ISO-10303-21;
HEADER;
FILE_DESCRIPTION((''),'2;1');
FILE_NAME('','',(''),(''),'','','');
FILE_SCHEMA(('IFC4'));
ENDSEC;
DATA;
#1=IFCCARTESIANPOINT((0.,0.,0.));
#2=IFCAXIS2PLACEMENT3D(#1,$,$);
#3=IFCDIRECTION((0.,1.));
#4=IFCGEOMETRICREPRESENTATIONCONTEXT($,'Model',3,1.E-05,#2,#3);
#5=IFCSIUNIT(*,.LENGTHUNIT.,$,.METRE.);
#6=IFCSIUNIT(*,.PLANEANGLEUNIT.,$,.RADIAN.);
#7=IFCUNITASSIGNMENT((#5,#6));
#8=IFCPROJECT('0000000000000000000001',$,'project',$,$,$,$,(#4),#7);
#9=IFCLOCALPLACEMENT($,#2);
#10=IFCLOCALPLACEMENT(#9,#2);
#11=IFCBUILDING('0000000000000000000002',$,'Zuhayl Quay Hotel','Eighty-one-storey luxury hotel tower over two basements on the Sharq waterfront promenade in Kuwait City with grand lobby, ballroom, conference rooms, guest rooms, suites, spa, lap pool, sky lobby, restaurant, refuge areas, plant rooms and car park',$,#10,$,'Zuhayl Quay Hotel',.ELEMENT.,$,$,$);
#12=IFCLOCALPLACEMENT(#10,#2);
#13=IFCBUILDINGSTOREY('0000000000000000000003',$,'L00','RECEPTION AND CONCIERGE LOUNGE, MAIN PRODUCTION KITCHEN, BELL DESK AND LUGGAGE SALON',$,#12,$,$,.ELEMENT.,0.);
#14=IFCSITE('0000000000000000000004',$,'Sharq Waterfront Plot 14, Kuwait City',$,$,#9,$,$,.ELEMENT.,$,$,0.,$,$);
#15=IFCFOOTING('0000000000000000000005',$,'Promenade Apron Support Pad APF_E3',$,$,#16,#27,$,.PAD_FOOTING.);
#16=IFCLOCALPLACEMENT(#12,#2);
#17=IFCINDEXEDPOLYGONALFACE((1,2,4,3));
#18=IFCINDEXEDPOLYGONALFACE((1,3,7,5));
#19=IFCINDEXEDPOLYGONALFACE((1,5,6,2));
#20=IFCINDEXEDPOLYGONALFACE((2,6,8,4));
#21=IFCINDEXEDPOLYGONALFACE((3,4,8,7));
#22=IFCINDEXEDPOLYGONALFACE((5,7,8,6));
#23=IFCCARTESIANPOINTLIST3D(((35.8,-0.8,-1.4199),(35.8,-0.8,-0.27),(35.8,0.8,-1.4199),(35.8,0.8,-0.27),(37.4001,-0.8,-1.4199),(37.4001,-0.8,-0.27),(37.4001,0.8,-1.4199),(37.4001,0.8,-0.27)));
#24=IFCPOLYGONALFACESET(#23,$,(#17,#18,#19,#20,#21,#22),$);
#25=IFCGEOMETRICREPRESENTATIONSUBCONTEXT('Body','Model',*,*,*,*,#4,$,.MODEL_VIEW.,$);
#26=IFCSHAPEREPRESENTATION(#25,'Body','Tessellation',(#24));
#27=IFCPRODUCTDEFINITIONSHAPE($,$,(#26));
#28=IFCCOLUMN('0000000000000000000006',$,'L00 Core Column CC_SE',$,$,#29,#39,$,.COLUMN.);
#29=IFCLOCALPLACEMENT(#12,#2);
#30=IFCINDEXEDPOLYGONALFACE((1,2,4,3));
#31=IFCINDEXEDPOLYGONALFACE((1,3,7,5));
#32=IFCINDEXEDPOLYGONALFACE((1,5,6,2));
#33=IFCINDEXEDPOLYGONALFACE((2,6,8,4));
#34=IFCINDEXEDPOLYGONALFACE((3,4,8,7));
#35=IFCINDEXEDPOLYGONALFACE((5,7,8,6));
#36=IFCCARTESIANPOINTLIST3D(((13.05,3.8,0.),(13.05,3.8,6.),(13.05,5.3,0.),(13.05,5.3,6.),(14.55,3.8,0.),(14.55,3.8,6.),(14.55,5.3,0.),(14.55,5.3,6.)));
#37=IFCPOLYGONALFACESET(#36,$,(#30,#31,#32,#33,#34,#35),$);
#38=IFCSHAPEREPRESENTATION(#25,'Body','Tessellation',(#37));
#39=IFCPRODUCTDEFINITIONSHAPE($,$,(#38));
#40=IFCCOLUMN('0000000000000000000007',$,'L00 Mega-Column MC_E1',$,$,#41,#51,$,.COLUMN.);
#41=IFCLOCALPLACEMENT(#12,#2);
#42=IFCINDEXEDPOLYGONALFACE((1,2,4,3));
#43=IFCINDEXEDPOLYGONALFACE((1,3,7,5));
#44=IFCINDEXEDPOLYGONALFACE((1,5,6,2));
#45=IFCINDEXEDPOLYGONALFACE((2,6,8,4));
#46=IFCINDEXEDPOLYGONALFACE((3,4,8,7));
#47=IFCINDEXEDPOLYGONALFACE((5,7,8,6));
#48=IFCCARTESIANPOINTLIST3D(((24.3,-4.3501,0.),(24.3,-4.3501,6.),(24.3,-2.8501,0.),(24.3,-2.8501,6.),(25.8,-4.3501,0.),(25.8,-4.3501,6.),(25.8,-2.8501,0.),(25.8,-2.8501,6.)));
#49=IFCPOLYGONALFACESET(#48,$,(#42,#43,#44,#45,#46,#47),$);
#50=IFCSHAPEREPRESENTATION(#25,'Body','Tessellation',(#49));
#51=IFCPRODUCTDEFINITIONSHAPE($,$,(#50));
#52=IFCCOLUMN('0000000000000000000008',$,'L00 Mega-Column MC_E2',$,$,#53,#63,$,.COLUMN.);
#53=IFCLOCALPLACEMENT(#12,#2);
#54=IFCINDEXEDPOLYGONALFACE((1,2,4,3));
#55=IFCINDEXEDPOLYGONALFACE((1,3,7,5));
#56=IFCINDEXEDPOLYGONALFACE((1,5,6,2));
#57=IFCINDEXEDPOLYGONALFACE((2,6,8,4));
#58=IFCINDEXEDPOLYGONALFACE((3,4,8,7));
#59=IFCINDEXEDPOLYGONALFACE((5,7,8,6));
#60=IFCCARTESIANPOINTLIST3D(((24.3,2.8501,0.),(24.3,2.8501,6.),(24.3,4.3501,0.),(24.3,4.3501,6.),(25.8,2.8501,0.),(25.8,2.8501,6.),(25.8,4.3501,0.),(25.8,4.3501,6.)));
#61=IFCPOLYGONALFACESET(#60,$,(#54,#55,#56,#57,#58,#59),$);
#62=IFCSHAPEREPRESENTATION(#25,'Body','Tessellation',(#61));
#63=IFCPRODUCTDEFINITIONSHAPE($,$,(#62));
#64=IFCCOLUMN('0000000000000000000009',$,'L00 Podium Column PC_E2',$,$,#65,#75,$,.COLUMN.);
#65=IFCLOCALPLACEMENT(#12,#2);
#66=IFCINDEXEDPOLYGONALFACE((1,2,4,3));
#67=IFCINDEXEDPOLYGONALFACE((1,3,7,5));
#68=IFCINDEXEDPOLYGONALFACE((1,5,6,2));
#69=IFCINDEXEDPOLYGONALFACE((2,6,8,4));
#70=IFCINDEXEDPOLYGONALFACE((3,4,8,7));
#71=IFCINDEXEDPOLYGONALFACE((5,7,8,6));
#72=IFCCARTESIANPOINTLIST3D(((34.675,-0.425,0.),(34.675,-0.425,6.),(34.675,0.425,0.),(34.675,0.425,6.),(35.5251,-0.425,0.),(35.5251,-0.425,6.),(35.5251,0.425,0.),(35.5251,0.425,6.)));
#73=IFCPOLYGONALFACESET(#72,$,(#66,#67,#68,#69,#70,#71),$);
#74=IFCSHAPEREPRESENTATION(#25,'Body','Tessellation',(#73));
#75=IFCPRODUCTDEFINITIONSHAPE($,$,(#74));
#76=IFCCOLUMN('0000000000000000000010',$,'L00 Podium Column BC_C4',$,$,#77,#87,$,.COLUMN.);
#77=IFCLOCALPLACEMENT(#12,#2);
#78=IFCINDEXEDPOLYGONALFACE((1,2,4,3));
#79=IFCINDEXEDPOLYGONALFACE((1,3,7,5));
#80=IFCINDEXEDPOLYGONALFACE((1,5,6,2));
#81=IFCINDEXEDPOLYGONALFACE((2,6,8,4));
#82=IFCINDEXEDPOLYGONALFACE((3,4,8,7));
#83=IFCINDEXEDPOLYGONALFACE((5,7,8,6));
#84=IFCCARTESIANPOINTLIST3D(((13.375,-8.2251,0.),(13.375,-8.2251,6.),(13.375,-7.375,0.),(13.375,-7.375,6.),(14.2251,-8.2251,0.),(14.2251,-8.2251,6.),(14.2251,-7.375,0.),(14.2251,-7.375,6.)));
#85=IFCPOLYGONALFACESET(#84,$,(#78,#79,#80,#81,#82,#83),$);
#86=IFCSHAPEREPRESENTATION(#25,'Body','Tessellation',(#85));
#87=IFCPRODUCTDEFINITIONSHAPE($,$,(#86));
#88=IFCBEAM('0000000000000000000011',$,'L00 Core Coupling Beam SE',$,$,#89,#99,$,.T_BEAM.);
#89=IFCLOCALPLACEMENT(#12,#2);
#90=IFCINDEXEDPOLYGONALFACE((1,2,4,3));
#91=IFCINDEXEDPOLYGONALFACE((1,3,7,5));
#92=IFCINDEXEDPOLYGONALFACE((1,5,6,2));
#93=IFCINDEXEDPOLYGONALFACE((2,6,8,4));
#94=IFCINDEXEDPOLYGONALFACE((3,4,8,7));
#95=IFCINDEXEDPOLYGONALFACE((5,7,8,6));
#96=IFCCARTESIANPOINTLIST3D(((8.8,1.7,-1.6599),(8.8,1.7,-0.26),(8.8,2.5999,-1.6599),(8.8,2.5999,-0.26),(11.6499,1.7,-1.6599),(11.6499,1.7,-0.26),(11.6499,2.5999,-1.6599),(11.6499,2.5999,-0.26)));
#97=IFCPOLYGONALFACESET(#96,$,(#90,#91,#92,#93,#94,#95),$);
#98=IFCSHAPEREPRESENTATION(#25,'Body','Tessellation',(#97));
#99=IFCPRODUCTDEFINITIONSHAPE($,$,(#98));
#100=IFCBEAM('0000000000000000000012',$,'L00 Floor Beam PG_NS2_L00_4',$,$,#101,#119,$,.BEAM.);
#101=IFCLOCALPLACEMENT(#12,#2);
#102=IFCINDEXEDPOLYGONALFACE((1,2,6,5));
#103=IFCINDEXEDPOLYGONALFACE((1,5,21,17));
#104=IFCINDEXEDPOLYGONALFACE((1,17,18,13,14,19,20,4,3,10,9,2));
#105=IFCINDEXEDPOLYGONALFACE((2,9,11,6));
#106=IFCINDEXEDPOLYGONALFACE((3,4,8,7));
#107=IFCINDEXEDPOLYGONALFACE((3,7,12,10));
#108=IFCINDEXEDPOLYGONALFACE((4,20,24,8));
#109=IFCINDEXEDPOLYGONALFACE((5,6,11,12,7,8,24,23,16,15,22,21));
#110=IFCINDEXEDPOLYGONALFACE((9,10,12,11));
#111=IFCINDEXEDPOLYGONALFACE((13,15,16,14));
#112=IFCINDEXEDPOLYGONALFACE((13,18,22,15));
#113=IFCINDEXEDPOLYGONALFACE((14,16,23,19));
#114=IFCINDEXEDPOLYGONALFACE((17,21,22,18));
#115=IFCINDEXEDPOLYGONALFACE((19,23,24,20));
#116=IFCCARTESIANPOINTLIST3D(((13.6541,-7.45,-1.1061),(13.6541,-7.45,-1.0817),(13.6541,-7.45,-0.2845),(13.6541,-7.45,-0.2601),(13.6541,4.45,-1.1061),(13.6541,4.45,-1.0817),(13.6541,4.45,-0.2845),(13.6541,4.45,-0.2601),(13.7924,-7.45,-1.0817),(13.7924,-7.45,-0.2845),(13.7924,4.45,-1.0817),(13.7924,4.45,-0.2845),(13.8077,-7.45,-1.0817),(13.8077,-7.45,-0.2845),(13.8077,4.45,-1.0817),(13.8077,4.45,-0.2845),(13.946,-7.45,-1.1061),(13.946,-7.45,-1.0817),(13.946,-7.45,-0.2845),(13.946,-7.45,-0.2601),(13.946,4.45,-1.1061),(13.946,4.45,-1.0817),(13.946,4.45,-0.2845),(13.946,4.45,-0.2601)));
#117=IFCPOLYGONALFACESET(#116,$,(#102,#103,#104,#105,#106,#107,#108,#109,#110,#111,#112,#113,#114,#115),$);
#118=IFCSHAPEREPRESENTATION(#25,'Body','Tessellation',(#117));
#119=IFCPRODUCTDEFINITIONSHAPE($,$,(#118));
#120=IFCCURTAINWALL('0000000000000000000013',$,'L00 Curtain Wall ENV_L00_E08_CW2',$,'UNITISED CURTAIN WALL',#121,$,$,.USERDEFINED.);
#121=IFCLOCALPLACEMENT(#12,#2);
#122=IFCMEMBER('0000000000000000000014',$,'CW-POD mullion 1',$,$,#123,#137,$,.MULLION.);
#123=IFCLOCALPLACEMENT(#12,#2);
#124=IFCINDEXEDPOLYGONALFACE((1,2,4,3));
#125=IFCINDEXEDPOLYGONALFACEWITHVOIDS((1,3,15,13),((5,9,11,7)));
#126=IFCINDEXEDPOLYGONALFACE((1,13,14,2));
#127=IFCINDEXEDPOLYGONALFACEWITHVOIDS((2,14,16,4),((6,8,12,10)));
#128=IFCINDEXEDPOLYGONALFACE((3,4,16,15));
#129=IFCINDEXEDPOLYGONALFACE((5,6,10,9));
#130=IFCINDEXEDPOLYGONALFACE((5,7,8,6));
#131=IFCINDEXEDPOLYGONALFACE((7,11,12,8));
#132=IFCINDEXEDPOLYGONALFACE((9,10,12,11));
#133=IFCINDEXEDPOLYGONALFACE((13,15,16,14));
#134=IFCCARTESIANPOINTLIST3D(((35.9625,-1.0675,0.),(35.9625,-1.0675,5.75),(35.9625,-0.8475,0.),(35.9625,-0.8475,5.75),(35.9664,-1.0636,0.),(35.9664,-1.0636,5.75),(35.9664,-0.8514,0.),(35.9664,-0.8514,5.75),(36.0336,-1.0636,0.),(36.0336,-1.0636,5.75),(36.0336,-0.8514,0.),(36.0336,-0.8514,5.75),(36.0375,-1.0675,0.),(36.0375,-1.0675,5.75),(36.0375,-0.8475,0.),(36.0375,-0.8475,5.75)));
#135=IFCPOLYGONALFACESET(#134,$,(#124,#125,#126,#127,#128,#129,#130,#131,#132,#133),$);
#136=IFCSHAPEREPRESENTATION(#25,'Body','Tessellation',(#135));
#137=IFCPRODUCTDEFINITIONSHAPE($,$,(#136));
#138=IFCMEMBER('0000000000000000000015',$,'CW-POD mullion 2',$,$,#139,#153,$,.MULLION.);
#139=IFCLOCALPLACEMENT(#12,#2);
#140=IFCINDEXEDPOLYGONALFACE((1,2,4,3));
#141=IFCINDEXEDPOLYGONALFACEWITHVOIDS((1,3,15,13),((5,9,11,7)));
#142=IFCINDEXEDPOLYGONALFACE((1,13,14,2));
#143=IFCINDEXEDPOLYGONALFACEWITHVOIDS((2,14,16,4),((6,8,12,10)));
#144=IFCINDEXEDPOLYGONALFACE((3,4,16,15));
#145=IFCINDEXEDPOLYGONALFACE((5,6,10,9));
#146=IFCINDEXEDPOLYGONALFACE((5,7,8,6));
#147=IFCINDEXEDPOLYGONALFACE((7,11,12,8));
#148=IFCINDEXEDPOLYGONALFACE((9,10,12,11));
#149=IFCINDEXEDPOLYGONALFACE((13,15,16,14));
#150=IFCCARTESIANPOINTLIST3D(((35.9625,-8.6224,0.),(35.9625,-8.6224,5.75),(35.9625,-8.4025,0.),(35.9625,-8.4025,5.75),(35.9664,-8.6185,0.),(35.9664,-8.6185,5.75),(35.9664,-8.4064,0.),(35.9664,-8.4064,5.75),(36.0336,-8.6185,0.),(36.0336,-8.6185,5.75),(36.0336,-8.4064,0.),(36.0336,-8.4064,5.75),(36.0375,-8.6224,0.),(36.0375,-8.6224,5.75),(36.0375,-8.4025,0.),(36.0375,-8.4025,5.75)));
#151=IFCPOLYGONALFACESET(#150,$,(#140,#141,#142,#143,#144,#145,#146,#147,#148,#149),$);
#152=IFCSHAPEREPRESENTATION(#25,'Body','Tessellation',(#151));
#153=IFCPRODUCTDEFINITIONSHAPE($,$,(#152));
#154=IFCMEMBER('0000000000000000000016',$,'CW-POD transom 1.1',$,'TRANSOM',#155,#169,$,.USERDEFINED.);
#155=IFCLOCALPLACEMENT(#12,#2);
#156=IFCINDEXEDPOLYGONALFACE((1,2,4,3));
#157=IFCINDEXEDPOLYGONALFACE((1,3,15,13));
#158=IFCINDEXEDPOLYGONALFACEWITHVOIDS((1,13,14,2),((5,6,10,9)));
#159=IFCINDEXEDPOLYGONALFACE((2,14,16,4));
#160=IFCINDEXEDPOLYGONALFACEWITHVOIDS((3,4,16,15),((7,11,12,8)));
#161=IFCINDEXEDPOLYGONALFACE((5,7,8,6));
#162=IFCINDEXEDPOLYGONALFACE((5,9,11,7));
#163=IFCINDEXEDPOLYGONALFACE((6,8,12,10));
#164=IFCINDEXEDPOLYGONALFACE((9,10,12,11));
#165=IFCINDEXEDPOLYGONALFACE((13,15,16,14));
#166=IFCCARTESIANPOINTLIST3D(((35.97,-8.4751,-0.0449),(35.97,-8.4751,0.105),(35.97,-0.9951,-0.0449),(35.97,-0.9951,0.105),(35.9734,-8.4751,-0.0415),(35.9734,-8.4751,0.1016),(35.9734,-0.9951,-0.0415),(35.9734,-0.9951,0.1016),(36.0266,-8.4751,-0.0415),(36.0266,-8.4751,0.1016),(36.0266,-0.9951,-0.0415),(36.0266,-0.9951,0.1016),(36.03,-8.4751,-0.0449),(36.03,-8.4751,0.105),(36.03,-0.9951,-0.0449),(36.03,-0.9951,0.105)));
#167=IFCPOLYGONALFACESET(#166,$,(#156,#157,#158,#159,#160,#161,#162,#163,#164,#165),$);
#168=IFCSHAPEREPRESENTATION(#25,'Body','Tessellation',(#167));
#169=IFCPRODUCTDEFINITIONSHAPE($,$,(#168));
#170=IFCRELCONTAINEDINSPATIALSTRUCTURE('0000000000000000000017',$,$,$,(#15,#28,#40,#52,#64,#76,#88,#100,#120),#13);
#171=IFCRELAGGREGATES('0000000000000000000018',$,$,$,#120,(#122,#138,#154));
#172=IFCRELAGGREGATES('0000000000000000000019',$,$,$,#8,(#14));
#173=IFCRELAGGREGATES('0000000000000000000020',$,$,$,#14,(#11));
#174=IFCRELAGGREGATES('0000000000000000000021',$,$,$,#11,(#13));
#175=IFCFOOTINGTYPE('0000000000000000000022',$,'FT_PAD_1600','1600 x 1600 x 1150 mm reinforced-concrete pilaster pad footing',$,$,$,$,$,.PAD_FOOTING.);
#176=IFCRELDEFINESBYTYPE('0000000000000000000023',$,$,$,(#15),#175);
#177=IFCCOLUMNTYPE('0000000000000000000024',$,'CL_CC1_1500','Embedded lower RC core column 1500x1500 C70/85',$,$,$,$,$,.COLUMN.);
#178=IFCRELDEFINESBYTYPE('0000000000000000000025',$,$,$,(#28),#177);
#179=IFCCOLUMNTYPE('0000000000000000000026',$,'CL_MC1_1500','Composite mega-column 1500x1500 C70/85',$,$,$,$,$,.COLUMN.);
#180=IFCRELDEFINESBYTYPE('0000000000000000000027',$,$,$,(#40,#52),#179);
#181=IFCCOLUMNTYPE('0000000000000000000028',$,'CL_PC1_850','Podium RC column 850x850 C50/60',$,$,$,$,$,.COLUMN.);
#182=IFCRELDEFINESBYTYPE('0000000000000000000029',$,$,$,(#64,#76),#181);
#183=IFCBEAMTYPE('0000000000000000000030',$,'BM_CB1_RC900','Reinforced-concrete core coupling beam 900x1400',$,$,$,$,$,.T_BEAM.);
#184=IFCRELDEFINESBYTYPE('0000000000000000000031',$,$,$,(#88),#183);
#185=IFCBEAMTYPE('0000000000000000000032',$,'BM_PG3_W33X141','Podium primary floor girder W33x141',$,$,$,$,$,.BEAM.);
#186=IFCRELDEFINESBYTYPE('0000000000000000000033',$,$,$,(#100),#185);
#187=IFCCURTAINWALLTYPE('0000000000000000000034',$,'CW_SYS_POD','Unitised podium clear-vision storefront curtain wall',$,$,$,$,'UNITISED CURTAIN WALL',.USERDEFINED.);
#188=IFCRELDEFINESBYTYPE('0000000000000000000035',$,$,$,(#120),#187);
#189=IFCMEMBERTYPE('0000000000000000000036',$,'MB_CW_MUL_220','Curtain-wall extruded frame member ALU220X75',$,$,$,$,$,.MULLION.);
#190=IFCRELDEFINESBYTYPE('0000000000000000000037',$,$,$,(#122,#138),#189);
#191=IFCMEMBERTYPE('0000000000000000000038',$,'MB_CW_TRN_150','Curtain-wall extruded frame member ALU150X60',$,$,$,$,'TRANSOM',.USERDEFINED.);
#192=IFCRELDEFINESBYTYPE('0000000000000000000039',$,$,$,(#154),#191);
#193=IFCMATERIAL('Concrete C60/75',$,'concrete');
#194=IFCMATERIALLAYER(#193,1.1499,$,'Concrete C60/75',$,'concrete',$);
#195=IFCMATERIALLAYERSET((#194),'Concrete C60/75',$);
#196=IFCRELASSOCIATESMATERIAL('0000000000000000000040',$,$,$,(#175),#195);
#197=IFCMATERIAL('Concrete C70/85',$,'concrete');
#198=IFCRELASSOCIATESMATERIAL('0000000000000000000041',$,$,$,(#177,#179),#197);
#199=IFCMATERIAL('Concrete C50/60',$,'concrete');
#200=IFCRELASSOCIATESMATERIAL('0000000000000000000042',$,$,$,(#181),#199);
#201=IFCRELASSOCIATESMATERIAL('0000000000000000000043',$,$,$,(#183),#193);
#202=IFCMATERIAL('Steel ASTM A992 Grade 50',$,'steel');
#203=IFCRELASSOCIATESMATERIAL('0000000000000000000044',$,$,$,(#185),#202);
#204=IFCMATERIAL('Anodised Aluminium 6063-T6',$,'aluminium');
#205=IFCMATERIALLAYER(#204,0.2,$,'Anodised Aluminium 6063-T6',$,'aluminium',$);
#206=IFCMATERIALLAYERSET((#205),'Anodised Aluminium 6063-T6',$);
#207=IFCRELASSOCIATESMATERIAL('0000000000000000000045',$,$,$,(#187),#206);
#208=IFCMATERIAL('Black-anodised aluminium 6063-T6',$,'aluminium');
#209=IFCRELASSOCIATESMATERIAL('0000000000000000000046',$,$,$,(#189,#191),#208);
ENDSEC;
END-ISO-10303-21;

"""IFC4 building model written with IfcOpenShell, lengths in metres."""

from ifc_helpers import new_model, si_unit, direction, frame, origin, origin_2d, place, context, subcontext, project, spatial, rectangle, hollow_rectangle, i_section, extrude, material, layer, layer_set, material_profile, profile_set, type_object, element, aggregate, save


model = new_model("IFC4")

# Units and contexts
model_context = context("Model", 3, precision=1e-05, world=origin(), true_north=direction((0.0, 1.0)))
body_context = subcontext(model_context, "Body", "Model", "MODEL_VIEW")
ifc_project = project(units=[si_unit("LENGTHUNIT", "METRE"), si_unit("PLANEANGLEUNIT", "RADIAN")], contexts=[model_context])

# Site, building, storey
site_placement = place(None, origin())
site = spatial("IfcSite", under=ifc_project, at=site_placement, Name="Sharq Waterfront Plot 14, Kuwait City", CompositionType="ELEMENT", RefElevation=0.0)
building_placement = place(site_placement, origin())
building = spatial("IfcBuilding", under=site, at=building_placement, Name="Zuhayl Quay Hotel", Description="Eighty-one-storey luxury hotel tower over two basements on the Sharq waterfront promenade in Kuwait City with grand lobby, ballroom, conference rooms, guest rooms, suites, spa, lap pool, sky lobby, restaurant, refuge areas, plant rooms and car park", LongName="Zuhayl Quay Hotel", CompositionType="ELEMENT")
storey_placement = place(building_placement, origin())
storey = spatial("IfcBuildingStorey", under=building, at=storey_placement, Name="L00", Description="RECEPTION AND CONCIERGE LOUNGE, MAIN PRODUCTION KITCHEN, BELL DESK AND LUGGAGE SALON", CompositionType="ELEMENT", Elevation=0.0)

# Footing
ifc_material_1 = material(Name="Concrete C60/75", Category="concrete")
ifc_layer_1 = layer(ifc_material_1, 1.1499, Name="Concrete C60/75", Category="concrete")
ifc_layer_set_1 = layer_set([ifc_layer_1], Name="Concrete C60/75")
footing_type = type_object("IfcFootingType", Name="FT_PAD_1600", Description="1600 x 1600 x 1150 mm reinforced-concrete pilaster pad footing", PredefinedType="PAD_FOOTING", material=ifc_layer_set_1)
footing_placement = place(storey_placement, frame((36.6001, 0.0, -1.4199), z_axis=(0.0, 0.0, 1.0), x_axis=(1.0, 0.0, 0.0)))
element("IfcFooting", 1, at=footing_placement, inside=storey, type_object=footing_type, Name="Promenade Apron Support Pad APF_E3", PredefinedType="PAD_FOOTING", context=body_context, shape_type="SweptSolid", body=[
    extrude(rectangle(XDim=1.6001, YDim=1.6001, at=origin_2d()), origin(), (0.0, 0.0, 1.0), 1.1499),
])

# Columns
ifc_material_2 = material(Name="Concrete C70/85", Category="concrete")
ifc_material_profile_1 = material_profile(ifc_material_2, rectangle(XDim=1.5, YDim=1.5, at=origin_2d()), Name="RC1500X1500")
ifc_profile_set_1 = profile_set([ifc_material_profile_1], Name="Concrete C70/85")
column_type_1 = type_object("IfcColumnType", Name="CL_CC1_1500", Description="Embedded lower RC core column 1500x1500 C70/85", PredefinedType="COLUMN", material=ifc_profile_set_1)
column_placement = place(storey_placement, frame((13.8, 4.55, 0.0), z_axis=(0.0, 0.0, 1.0), x_axis=(1.0, 0.0, 0.0)))
element("IfcColumn", 2, at=column_placement, inside=storey, type_object=column_type_1, Name="L00 Core Column CC_SE", PredefinedType="COLUMN", context=body_context, shape_type="SweptSolid", body=[
    extrude(rectangle(XDim=1.5, YDim=1.5, at=origin_2d()), origin(), (0.0, 0.0, 1.0), 6.0),
])
ifc_material_profile_2 = material_profile(ifc_material_2, rectangle(XDim=1.5, YDim=1.5, at=origin_2d()), Name="RC1500X1500")
ifc_profile_set_2 = profile_set([ifc_material_profile_2], Name="Concrete C70/85")
column_type_2 = type_object("IfcColumnType", Name="CL_MC1_1500", Description="Composite mega-column 1500x1500 C70/85", PredefinedType="COLUMN", material=ifc_profile_set_2)
for number, where, z_axis, x_axis, name in (
    (3, (25.05, -3.6001, 0.0), (0.0, 0.0, 1.0), (1.0, 0.0, 0.0), "L00 Mega-Column MC_E1"),
    (4, (25.05, 3.6001, 0.0), (0.0, 0.0, 1.0), (1.0, 0.0, 0.0), "L00 Mega-Column MC_E2"),
):
    element("IfcColumn", number, at=place(storey_placement, frame(where, z_axis=z_axis, x_axis=x_axis)), inside=storey, type_object=column_type_2, Name=name, PredefinedType="COLUMN", context=body_context, shape_type="SweptSolid", body=[
        extrude(rectangle(XDim=1.5, YDim=1.5, at=origin_2d()), origin(), (0.0, 0.0, 1.0), 6.0),
    ])
ifc_material_3 = material(Name="Concrete C50/60", Category="concrete")
ifc_material_profile_3 = material_profile(ifc_material_3, rectangle(XDim=0.8501, YDim=0.8501, at=origin_2d()), Name="RC850X850")
ifc_profile_set_3 = profile_set([ifc_material_profile_3], Name="Concrete C50/60")
column_type_3 = type_object("IfcColumnType", Name="CL_PC1_850", Description="Podium RC column 850x850 C50/60", PredefinedType="COLUMN", material=ifc_profile_set_3)
for number, where, z_axis, x_axis, name in (
    (5, (35.1001, 0.0, 0.0), (0.0, 0.0, 1.0), (1.0, 0.0, 0.0), "L00 Podium Column PC_E2"),
    (6, (13.8, -7.8, 0.0), (0.0, 0.0, 1.0), (1.0, 0.0, 0.0), "L00 Podium Column BC_C4"),
):
    element("IfcColumn", number, at=place(storey_placement, frame(where, z_axis=z_axis, x_axis=x_axis)), inside=storey, type_object=column_type_3, Name=name, PredefinedType="COLUMN", context=body_context, shape_type="SweptSolid", body=[
        extrude(rectangle(XDim=0.8501, YDim=0.8501, at=origin_2d()), origin(), (0.0, 0.0, 1.0), 6.0),
    ])

# Beams
ifc_material_profile_4 = material_profile(ifc_material_1, rectangle(XDim=0.8999, YDim=1.3999, at=origin_2d()), Name="RC900X1400")
ifc_profile_set_4 = profile_set([ifc_material_profile_4], Name="Concrete C60/75")
beam_type_1 = type_object("IfcBeamType", Name="BM_CB1_RC900", Description="Reinforced-concrete core coupling beam 900x1400", PredefinedType="T_BEAM", material=ifc_profile_set_4)
beam_1_placement = place(storey_placement, frame((8.8, 2.1499, -0.96), z_axis=(1.0, 0.0, 0.0), x_axis=(0.0, 1.0, 0.0)))
element("IfcBeam", 7, at=beam_1_placement, inside=storey, type_object=beam_type_1, Name="L00 Core Coupling Beam SE", PredefinedType="T_BEAM", context=body_context, shape_type="SweptSolid", body=[
    extrude(rectangle(XDim=0.8999, YDim=1.3999, at=origin_2d()), origin(), (0.0, 0.0, 1.0), 2.8499),
])
ifc_material_4 = material(Name="Steel ASTM A992 Grade 50", Category="steel")
ifc_material_profile_5 = material_profile(ifc_material_4, i_section(OverallWidth=0.292, OverallDepth=0.8459, WebThickness=0.0154, FlangeThickness=0.0244, at=origin_2d()), Name="W33X141")
ifc_profile_set_5 = profile_set([ifc_material_profile_5], Name="Steel ASTM A992 Grade 50")
beam_type_2 = type_object("IfcBeamType", Name="BM_PG3_W33X141", Description="Podium primary floor girder W33x141", PredefinedType="BEAM", material=ifc_profile_set_5)
beam_2_placement = place(storey_placement, frame((13.8, -7.45, -0.6831), z_axis=(0.0, 1.0, 0.0), x_axis=(-1.0, 0.0, 0.0)))
element("IfcBeam", 8, at=beam_2_placement, inside=storey, type_object=beam_type_2, Name="L00 Floor Beam PG_NS2_L00_4", PredefinedType="BEAM", context=body_context, shape_type="SweptSolid", body=[
    extrude(i_section(OverallWidth=0.292, OverallDepth=0.8459, WebThickness=0.0154, FlangeThickness=0.0244, at=origin_2d()), origin(), (0.0, 0.0, 1.0), 11.8999),
])

# Curtain wall, members
ifc_material_5 = material(Name="Anodised Aluminium 6063-T6", Category="aluminium")
ifc_layer_2 = layer(ifc_material_5, 0.2, Name="Anodised Aluminium 6063-T6", Category="aluminium")
ifc_layer_set_2 = layer_set([ifc_layer_2], Name="Anodised Aluminium 6063-T6")
curtain_wall_type = type_object("IfcCurtainWallType", Name="CW_SYS_POD", Description="Unitised podium clear-vision storefront curtain wall", ElementType="UNITISED CURTAIN WALL", PredefinedType="USERDEFINED", material=ifc_layer_set_2)
curtain_wall_placement = place(storey_placement, origin())
curtain_wall = element("IfcCurtainWall", 9, at=curtain_wall_placement, inside=storey, type_object=curtain_wall_type, Name="L00 Curtain Wall ENV_L00_E08_CW2", ObjectType="UNITISED CURTAIN WALL", PredefinedType="USERDEFINED")
ifc_material_6 = material(Name="Black-anodised aluminium 6063-T6", Category="aluminium")
ifc_material_profile_6 = material_profile(ifc_material_6, hollow_rectangle(XDim=0.075, YDim=0.22, WallThickness=0.0039, at=origin_2d()), Name="ALU220X75")
ifc_profile_set_6 = profile_set([ifc_material_profile_6], Name="Black-anodised aluminium 6063-T6")
member_type_1 = type_object("IfcMemberType", Name="MB_CW_MUL_220", Description="Curtain-wall extruded frame member ALU220X75", PredefinedType="MULLION", material=ifc_profile_set_6)
member_1_placement = place(storey_placement, frame((36.0, -0.9575, 0.0), z_axis=(0.0, 0.0, 1.0), x_axis=(1.0, 0.0, 0.0)))
member_1 = element("IfcMember", 10, at=member_1_placement, type_object=member_type_1, Name="CW-POD mullion 1", PredefinedType="MULLION", context=body_context, shape_type="SweptSolid", body=[
    extrude(hollow_rectangle(XDim=0.075, YDim=0.22, WallThickness=0.0039, at=origin_2d()), origin(), (0.0, 0.0, 1.0), 5.75),
])
member_2_placement = place(storey_placement, frame((36.0, -8.5125, 0.0), z_axis=(0.0, 0.0, 1.0), x_axis=(1.0, 0.0, 0.0)))
member_2 = element("IfcMember", 11, at=member_2_placement, type_object=member_type_1, Name="CW-POD mullion 2", PredefinedType="MULLION", context=body_context, shape_type="SweptSolid", body=[
    extrude(hollow_rectangle(XDim=0.075, YDim=0.22, WallThickness=0.0039, at=origin_2d()), origin(), (0.0, 0.0, 1.0), 5.75),
])
ifc_material_profile_7 = material_profile(ifc_material_6, hollow_rectangle(XDim=0.0601, YDim=0.1499, WallThickness=0.0034, at=origin_2d()), Name="ALU150X60")
ifc_profile_set_7 = profile_set([ifc_material_profile_7], Name="Black-anodised aluminium 6063-T6")
member_type_2 = type_object("IfcMemberType", Name="MB_CW_TRN_150", Description="Curtain-wall extruded frame member ALU150X60", ElementType="TRANSOM", PredefinedType="USERDEFINED", material=ifc_profile_set_7)
member_3_placement = place(storey_placement, frame((36.0, -0.9951, 0.03), z_axis=(0.0, -1.0, 0.0), x_axis=(1.0, 0.0, 0.0)))
member_3 = element("IfcMember", 12, at=member_3_placement, type_object=member_type_2, Name="CW-POD transom 1.1", ObjectType="TRANSOM", PredefinedType="USERDEFINED", context=body_context, shape_type="SweptSolid", body=[
    extrude(hollow_rectangle(XDim=0.0601, YDim=0.1499, WallThickness=0.0034, at=origin_2d()), origin(), (0.0, 0.0, 1.0), 7.48),
])
aggregate(curtain_wall, [member_1, member_2, member_3])

save(model, "model.ifc")
